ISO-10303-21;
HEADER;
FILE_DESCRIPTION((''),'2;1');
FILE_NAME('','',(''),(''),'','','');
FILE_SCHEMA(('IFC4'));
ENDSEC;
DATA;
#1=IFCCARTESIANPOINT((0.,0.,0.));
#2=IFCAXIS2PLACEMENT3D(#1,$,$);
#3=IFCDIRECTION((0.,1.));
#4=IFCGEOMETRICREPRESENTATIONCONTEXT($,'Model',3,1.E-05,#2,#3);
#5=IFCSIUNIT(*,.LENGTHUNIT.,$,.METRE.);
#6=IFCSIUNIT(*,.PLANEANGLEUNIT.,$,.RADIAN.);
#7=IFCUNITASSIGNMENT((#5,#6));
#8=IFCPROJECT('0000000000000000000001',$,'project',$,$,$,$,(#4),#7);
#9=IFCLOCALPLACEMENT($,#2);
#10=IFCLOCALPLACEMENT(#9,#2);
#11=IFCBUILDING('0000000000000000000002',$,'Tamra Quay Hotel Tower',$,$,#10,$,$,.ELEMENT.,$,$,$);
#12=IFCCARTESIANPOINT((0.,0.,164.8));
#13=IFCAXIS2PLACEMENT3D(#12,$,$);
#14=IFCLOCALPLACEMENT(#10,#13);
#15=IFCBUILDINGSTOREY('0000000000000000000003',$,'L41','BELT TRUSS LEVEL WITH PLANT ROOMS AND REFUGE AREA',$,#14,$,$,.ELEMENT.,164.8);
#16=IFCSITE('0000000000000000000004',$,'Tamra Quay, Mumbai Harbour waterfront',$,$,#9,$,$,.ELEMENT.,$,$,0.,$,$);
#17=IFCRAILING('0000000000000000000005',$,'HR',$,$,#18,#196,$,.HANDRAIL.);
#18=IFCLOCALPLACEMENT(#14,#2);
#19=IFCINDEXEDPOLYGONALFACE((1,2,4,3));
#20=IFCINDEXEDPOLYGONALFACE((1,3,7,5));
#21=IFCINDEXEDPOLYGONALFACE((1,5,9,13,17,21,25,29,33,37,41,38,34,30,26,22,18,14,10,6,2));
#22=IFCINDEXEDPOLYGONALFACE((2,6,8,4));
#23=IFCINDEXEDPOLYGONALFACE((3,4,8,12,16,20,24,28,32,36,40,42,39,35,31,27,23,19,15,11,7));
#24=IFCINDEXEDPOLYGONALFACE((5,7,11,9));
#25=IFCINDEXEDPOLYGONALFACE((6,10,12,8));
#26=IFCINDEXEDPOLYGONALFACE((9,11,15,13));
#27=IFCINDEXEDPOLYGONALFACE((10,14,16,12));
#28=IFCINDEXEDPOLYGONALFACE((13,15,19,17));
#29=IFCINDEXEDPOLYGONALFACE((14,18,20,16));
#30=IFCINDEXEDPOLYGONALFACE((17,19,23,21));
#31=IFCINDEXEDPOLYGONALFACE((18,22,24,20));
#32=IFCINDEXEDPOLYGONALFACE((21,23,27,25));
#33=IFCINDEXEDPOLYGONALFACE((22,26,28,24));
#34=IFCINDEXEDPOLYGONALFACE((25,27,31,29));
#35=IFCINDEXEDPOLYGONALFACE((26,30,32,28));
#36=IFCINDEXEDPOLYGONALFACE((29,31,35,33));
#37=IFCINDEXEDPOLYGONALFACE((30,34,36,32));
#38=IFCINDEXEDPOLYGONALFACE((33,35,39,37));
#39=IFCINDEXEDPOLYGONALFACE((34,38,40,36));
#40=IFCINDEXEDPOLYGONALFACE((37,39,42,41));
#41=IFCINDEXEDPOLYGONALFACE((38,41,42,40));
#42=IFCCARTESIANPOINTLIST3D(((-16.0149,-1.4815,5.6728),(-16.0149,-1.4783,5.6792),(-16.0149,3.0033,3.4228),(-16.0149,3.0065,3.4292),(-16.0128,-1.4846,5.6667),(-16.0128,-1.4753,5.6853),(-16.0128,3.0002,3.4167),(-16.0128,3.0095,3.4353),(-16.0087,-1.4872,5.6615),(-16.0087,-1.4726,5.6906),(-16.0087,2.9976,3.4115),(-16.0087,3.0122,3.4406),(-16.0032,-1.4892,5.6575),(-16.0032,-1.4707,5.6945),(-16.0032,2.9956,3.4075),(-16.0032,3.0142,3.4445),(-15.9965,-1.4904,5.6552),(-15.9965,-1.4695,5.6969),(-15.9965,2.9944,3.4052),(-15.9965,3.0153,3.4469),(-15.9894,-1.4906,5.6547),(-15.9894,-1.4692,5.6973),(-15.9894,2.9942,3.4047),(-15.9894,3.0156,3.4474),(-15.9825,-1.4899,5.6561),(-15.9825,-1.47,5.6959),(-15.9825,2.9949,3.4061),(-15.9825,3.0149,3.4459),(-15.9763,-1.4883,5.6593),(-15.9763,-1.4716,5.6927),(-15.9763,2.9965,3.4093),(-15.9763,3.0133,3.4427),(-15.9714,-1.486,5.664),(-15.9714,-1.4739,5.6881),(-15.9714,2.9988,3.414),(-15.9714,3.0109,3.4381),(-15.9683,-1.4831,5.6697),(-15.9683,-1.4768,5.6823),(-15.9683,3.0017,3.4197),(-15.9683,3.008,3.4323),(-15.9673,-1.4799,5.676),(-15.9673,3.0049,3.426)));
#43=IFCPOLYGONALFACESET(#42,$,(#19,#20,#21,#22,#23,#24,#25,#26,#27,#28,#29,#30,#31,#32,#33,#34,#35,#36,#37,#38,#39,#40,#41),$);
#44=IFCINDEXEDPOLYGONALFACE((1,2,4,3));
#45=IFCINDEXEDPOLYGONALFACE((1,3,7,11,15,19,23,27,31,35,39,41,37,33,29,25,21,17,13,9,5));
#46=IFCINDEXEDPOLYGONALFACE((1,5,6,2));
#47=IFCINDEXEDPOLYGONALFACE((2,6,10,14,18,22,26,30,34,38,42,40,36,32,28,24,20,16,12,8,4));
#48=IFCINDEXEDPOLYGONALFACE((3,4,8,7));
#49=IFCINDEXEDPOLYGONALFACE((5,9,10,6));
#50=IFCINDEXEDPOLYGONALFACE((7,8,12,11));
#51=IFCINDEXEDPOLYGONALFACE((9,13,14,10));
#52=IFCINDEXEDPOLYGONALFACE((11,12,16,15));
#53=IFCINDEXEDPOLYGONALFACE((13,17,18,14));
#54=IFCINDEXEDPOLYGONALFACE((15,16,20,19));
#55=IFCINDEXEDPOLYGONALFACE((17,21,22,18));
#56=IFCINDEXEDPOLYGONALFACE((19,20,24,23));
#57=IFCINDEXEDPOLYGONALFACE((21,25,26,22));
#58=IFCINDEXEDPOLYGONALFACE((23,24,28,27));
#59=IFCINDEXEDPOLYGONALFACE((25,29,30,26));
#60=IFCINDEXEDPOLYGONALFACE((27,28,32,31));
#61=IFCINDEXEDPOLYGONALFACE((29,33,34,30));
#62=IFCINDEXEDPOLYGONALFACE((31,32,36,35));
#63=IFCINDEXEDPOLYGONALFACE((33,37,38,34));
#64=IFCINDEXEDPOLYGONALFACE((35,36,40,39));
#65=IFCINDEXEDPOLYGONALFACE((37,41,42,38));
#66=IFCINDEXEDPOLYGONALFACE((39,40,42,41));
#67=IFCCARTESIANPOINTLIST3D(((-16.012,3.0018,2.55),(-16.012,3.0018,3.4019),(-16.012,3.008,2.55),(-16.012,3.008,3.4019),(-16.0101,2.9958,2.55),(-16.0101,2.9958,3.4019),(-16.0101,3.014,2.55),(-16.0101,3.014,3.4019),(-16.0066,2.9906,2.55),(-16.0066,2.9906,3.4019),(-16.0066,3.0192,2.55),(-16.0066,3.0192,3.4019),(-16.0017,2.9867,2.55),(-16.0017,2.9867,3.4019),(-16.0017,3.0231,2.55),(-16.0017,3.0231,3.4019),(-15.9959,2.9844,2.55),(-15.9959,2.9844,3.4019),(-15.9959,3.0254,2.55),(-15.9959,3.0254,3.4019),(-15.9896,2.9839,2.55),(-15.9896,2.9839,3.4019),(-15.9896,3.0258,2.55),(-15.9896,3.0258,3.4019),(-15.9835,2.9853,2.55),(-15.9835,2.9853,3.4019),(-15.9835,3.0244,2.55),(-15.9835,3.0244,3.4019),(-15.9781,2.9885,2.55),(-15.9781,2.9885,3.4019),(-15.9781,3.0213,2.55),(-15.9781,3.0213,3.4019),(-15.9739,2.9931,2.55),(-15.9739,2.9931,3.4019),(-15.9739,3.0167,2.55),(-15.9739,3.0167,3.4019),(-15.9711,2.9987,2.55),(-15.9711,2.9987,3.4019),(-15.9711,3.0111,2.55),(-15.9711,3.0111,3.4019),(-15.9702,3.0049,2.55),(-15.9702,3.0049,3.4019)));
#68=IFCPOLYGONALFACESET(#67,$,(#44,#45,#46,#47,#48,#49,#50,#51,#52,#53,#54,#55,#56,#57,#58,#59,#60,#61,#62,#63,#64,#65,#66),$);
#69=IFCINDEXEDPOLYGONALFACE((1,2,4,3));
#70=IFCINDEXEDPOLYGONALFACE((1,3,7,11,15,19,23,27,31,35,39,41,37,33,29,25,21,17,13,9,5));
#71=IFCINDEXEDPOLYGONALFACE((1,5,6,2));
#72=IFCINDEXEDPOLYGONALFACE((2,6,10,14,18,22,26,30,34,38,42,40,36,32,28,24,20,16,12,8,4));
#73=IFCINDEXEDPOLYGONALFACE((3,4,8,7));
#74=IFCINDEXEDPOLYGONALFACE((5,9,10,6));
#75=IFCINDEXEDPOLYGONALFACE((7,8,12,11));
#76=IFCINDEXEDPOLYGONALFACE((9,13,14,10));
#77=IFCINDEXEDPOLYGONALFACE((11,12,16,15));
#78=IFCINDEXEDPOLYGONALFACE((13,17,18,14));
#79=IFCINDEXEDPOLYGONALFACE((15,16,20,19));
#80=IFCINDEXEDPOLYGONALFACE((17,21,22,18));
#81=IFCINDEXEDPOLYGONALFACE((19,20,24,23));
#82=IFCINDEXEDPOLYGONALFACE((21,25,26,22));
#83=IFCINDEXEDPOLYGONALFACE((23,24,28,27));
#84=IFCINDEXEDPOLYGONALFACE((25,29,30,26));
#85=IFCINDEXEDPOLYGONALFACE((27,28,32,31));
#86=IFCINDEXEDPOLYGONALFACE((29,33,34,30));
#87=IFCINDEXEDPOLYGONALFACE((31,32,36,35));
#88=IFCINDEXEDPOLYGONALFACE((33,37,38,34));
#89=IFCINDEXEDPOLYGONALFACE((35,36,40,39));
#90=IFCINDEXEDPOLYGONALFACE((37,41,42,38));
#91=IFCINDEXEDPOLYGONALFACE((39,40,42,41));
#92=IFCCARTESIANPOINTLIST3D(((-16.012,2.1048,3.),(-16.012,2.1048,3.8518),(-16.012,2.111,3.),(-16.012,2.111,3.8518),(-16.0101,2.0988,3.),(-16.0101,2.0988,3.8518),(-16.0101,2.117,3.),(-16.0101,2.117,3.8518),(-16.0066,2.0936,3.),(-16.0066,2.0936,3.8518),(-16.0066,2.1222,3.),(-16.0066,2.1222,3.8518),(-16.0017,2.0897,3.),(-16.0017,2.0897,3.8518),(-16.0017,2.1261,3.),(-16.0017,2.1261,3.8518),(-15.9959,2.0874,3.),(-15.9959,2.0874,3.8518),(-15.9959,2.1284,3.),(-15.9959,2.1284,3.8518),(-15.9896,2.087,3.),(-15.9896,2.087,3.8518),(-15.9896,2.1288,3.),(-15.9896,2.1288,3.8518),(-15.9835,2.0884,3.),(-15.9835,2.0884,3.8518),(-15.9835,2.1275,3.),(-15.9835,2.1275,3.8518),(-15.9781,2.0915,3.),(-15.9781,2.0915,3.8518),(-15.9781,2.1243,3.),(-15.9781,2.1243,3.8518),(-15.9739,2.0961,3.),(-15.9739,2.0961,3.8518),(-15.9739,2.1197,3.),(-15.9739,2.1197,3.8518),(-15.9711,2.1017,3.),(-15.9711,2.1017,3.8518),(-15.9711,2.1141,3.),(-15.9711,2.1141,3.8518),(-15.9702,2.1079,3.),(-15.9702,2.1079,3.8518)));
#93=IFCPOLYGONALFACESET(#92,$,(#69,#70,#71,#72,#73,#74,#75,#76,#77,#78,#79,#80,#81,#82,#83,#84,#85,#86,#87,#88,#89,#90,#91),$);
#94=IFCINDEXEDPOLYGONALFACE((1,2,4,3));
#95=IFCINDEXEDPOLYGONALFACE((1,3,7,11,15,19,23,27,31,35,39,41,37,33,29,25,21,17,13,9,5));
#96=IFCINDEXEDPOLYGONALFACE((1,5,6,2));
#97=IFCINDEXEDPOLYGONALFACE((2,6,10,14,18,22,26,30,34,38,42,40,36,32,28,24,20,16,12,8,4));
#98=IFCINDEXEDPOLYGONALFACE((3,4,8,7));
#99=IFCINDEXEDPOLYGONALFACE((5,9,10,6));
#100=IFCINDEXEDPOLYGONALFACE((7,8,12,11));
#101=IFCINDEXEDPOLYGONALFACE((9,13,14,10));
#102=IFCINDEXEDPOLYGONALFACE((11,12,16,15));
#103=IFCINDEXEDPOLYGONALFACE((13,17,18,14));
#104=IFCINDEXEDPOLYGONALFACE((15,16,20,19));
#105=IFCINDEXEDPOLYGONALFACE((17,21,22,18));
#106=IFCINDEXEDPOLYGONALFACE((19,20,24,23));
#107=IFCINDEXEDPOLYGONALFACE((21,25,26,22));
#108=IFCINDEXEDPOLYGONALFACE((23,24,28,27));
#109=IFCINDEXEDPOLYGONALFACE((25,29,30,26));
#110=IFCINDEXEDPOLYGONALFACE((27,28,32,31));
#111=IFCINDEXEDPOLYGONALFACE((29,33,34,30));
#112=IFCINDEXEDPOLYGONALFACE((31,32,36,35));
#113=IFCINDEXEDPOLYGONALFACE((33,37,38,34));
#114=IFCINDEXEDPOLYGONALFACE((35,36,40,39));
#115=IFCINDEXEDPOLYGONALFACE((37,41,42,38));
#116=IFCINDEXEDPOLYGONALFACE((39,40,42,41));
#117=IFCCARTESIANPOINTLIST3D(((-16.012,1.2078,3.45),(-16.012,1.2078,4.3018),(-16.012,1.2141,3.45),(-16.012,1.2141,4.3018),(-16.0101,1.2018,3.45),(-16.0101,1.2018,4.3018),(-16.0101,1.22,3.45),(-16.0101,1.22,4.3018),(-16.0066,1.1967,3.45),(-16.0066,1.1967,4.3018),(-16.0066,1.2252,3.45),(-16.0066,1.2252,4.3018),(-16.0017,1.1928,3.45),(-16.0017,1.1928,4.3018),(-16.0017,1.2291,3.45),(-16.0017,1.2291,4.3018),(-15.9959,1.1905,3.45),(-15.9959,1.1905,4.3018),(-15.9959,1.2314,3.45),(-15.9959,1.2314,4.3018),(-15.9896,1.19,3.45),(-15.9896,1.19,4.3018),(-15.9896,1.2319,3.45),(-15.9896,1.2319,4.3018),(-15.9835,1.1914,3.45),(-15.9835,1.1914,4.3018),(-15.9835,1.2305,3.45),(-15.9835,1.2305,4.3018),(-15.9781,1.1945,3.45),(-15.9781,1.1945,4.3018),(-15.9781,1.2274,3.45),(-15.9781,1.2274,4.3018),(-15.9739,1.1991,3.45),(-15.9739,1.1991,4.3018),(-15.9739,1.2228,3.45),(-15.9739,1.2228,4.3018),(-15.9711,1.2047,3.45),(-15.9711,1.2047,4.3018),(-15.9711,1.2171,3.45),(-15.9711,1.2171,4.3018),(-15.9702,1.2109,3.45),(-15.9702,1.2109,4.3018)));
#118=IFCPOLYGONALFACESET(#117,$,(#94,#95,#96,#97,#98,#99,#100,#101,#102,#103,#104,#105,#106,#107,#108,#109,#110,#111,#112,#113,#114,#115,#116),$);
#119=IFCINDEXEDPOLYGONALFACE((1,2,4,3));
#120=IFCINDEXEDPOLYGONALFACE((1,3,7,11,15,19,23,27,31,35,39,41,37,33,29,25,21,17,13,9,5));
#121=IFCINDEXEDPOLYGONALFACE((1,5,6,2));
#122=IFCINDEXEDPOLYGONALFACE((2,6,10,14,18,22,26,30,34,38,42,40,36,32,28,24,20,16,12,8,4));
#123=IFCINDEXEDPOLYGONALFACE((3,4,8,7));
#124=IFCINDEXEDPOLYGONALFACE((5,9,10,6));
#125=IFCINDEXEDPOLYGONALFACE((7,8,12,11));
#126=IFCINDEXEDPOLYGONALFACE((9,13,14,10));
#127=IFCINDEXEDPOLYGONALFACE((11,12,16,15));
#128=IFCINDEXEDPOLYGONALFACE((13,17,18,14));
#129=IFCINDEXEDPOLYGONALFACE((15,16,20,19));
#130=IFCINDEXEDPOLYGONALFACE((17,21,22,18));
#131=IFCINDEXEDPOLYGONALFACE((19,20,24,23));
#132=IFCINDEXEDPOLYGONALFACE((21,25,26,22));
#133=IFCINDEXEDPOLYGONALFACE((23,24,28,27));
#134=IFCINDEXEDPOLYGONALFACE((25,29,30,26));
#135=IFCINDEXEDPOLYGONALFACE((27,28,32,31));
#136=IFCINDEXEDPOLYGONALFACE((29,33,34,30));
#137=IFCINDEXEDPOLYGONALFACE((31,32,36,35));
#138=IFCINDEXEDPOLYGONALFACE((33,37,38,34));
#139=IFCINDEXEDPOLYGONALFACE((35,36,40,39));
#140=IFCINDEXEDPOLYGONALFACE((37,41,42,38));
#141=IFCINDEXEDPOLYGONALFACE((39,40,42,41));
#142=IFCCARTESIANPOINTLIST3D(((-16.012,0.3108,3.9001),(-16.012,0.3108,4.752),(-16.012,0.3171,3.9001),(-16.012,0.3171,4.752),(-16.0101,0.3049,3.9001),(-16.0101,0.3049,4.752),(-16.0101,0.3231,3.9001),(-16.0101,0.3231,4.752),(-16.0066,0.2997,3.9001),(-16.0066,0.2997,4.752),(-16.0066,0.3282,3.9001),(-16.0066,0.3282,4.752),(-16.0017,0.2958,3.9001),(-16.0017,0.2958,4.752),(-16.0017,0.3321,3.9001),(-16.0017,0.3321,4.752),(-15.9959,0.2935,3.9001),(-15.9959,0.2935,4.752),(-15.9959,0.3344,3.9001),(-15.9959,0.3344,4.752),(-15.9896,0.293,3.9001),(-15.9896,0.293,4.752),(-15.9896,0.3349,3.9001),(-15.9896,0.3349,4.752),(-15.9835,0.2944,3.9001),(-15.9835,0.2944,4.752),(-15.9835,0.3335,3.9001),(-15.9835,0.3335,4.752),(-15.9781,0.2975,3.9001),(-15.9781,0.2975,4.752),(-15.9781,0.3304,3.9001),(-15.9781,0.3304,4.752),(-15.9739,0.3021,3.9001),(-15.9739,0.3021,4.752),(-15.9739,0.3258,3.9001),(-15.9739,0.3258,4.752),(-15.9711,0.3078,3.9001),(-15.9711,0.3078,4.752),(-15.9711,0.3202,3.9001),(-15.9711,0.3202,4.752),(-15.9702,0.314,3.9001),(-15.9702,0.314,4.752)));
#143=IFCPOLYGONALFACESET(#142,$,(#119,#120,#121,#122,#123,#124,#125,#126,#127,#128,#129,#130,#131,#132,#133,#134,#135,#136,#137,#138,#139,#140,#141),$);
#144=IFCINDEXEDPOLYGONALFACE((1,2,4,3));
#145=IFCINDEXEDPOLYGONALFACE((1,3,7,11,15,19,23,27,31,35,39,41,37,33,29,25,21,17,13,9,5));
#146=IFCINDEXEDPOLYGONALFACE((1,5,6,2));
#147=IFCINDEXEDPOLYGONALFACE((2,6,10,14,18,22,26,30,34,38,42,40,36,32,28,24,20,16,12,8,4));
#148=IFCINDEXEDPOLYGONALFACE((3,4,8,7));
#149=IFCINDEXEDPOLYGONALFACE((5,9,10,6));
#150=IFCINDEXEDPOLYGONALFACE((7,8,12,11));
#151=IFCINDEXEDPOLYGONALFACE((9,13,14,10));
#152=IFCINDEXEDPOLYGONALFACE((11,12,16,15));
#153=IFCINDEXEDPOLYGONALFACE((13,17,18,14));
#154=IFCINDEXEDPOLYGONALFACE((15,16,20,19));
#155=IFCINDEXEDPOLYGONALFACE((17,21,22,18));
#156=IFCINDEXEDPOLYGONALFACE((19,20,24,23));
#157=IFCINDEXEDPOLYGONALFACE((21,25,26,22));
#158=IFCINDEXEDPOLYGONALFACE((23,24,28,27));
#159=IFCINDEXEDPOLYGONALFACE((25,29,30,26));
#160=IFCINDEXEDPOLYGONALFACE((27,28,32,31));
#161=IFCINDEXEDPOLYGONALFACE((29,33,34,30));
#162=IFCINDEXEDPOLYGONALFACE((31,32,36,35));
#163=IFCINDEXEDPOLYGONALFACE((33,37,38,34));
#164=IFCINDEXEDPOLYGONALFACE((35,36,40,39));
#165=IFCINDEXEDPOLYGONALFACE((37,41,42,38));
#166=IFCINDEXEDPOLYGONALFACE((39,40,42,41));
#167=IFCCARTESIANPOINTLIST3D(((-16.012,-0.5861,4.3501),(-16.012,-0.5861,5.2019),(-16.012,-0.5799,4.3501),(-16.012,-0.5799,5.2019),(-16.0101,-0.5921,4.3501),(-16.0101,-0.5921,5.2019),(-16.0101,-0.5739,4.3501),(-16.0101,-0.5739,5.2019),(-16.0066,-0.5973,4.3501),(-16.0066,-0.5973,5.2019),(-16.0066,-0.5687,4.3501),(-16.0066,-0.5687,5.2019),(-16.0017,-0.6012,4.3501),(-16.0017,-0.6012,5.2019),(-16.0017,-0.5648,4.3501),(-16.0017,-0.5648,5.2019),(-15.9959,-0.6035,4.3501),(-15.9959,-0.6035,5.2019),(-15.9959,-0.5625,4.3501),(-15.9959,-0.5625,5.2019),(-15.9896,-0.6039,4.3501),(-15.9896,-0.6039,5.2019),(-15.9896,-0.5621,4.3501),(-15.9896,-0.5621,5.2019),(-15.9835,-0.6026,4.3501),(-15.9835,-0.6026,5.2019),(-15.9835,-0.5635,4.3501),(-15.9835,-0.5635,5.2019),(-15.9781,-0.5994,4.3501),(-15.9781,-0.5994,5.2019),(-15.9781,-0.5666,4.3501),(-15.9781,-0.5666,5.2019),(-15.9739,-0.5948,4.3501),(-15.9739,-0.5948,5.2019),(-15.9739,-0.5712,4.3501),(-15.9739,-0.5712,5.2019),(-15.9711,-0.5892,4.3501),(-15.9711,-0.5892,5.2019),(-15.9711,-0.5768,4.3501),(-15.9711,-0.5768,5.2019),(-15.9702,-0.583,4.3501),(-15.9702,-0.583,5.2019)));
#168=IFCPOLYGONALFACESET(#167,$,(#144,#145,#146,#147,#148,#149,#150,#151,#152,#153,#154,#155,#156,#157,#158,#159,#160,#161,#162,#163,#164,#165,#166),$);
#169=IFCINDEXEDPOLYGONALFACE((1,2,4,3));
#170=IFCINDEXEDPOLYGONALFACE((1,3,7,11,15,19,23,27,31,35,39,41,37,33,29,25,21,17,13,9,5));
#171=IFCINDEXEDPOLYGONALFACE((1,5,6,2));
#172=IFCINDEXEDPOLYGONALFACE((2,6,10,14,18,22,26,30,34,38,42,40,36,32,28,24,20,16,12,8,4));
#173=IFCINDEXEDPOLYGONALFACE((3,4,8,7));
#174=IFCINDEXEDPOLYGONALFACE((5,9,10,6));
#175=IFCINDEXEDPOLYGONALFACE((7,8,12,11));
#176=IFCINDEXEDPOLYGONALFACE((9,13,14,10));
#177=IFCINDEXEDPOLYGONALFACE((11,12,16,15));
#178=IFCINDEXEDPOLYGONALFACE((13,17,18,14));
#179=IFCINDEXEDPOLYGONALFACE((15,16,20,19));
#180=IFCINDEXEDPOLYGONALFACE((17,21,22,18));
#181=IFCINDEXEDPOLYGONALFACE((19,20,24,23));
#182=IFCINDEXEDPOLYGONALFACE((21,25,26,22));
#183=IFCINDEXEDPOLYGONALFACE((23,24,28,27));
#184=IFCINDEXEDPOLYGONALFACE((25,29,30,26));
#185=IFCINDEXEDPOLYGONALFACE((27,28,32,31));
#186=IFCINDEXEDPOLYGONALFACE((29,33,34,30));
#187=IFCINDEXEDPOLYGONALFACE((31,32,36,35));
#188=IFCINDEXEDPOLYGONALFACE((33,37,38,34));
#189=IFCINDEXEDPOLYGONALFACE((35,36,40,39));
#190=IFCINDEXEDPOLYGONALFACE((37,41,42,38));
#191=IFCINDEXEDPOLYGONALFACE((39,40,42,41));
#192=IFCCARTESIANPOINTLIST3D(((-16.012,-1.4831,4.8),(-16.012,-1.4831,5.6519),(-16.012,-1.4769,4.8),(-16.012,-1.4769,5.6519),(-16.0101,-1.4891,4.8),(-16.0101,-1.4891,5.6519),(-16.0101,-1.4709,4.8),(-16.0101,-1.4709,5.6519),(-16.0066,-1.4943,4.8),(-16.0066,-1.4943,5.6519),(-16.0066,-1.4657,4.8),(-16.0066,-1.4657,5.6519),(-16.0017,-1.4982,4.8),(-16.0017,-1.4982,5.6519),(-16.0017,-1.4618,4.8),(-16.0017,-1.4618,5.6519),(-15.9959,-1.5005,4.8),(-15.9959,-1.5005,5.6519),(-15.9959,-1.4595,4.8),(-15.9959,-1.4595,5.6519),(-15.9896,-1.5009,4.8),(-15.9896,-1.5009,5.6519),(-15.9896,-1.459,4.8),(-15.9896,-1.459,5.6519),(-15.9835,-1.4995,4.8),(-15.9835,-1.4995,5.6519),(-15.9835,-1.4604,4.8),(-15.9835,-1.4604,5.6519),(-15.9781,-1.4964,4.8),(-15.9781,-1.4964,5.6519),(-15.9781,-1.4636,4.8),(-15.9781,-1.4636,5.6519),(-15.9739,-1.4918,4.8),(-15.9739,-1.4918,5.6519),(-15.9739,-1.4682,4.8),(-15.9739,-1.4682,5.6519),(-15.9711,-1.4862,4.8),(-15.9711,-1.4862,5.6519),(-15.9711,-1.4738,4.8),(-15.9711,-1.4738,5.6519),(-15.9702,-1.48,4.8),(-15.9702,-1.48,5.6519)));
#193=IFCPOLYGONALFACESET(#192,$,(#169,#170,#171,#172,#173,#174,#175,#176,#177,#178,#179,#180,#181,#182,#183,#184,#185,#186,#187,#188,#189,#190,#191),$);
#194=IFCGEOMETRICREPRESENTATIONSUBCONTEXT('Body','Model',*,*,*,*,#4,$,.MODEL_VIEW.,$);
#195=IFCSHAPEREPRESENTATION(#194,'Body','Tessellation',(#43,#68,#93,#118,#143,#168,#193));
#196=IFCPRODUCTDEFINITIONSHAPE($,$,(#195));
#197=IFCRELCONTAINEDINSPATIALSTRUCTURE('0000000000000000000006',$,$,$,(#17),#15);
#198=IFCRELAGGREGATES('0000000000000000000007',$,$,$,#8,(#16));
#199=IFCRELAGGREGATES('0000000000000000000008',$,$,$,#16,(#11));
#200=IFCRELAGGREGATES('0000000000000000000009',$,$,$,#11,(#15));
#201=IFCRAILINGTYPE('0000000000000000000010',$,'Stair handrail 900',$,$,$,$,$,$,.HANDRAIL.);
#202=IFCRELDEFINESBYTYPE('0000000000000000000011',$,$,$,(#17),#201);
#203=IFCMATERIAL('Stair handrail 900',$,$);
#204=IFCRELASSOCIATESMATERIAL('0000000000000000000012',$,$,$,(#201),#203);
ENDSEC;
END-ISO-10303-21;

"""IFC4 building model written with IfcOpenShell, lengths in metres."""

from ifc_helpers import new_model, si_unit, direction, frame, origin, origin_2d, place, context, subcontext, project, spatial, circle, extrude, material, type_object, element, save


model = new_model("IFC4")

# Units and contexts
model_context = context("Model", 3, precision=1e-05, world=origin(), true_north=direction((0.0, 1.0)))
body_context = subcontext(model_context, "Body", "Model", "MODEL_VIEW")
ifc_project = project(units=[si_unit("LENGTHUNIT", "METRE"), si_unit("PLANEANGLEUNIT", "RADIAN")], contexts=[model_context])

# Site, building, storey
site_placement = place(None, origin())
site = spatial("IfcSite", under=ifc_project, at=site_placement, Name="Tamra Quay, Mumbai Harbour waterfront", CompositionType="ELEMENT", RefElevation=0.0)
building_placement = place(site_placement, origin())
building = spatial("IfcBuilding", under=site, at=building_placement, Name="Tamra Quay Hotel Tower", CompositionType="ELEMENT")
storey_placement = place(building_placement, frame((0.0, 0.0, 164.8)))
storey = spatial("IfcBuildingStorey", under=building, at=storey_placement, Name="L41", Description="BELT TRUSS LEVEL WITH PLANT ROOMS AND REFUGE AREA", CompositionType="ELEMENT", Elevation=164.8)

# Railing
ifc_material_1 = material(Name="Stair handrail 900")
railing_type = type_object("IfcRailingType", Name="Stair handrail 900", PredefinedType="HANDRAIL", material=ifc_material_1)
railing_placement = place(storey_placement, frame((-15.9912, 3.0049, 2.55)))
element("IfcRailing", 1, at=railing_placement, inside=storey, type_object=railing_type, Name="HR", PredefinedType="HANDRAIL", context=body_context, shape_type="SweptSolid", body=[
    extrude(circle(Radius=0.0239, at=origin_2d()), frame((0.0, 0.0, 0.876), z_axis=(0.0, -0.893823, 0.44842), x_axis=(1.0, 0.0, 0.0)), (0.0, 0.0, 1.0), 5.0176),
    extrude(circle(Radius=0.021, at=origin_2d()), origin(), (0.0, 0.0, 1.0), 0.8518),
    extrude(circle(Radius=0.021, at=origin_2d()), frame((0.0, -0.897, 0.45)), (0.0, 0.0, 1.0), 0.8518),
    extrude(circle(Radius=0.021, at=origin_2d()), frame((0.0, -1.7939, 0.8999)), (0.0, 0.0, 1.0), 0.8518),
    extrude(circle(Radius=0.021, at=origin_2d()), frame((0.0, -2.6909, 1.3501)), (0.0, 0.0, 1.0), 0.8518),
    extrude(circle(Radius=0.021, at=origin_2d()), frame((0.0, -3.5879, 1.8)), (0.0, 0.0, 1.0), 0.8518),
    extrude(circle(Radius=0.021, at=origin_2d()), frame((0.0, -4.4849, 2.25)), (0.0, 0.0, 1.0), 0.8518),
])

save(model, "model.ifc")
